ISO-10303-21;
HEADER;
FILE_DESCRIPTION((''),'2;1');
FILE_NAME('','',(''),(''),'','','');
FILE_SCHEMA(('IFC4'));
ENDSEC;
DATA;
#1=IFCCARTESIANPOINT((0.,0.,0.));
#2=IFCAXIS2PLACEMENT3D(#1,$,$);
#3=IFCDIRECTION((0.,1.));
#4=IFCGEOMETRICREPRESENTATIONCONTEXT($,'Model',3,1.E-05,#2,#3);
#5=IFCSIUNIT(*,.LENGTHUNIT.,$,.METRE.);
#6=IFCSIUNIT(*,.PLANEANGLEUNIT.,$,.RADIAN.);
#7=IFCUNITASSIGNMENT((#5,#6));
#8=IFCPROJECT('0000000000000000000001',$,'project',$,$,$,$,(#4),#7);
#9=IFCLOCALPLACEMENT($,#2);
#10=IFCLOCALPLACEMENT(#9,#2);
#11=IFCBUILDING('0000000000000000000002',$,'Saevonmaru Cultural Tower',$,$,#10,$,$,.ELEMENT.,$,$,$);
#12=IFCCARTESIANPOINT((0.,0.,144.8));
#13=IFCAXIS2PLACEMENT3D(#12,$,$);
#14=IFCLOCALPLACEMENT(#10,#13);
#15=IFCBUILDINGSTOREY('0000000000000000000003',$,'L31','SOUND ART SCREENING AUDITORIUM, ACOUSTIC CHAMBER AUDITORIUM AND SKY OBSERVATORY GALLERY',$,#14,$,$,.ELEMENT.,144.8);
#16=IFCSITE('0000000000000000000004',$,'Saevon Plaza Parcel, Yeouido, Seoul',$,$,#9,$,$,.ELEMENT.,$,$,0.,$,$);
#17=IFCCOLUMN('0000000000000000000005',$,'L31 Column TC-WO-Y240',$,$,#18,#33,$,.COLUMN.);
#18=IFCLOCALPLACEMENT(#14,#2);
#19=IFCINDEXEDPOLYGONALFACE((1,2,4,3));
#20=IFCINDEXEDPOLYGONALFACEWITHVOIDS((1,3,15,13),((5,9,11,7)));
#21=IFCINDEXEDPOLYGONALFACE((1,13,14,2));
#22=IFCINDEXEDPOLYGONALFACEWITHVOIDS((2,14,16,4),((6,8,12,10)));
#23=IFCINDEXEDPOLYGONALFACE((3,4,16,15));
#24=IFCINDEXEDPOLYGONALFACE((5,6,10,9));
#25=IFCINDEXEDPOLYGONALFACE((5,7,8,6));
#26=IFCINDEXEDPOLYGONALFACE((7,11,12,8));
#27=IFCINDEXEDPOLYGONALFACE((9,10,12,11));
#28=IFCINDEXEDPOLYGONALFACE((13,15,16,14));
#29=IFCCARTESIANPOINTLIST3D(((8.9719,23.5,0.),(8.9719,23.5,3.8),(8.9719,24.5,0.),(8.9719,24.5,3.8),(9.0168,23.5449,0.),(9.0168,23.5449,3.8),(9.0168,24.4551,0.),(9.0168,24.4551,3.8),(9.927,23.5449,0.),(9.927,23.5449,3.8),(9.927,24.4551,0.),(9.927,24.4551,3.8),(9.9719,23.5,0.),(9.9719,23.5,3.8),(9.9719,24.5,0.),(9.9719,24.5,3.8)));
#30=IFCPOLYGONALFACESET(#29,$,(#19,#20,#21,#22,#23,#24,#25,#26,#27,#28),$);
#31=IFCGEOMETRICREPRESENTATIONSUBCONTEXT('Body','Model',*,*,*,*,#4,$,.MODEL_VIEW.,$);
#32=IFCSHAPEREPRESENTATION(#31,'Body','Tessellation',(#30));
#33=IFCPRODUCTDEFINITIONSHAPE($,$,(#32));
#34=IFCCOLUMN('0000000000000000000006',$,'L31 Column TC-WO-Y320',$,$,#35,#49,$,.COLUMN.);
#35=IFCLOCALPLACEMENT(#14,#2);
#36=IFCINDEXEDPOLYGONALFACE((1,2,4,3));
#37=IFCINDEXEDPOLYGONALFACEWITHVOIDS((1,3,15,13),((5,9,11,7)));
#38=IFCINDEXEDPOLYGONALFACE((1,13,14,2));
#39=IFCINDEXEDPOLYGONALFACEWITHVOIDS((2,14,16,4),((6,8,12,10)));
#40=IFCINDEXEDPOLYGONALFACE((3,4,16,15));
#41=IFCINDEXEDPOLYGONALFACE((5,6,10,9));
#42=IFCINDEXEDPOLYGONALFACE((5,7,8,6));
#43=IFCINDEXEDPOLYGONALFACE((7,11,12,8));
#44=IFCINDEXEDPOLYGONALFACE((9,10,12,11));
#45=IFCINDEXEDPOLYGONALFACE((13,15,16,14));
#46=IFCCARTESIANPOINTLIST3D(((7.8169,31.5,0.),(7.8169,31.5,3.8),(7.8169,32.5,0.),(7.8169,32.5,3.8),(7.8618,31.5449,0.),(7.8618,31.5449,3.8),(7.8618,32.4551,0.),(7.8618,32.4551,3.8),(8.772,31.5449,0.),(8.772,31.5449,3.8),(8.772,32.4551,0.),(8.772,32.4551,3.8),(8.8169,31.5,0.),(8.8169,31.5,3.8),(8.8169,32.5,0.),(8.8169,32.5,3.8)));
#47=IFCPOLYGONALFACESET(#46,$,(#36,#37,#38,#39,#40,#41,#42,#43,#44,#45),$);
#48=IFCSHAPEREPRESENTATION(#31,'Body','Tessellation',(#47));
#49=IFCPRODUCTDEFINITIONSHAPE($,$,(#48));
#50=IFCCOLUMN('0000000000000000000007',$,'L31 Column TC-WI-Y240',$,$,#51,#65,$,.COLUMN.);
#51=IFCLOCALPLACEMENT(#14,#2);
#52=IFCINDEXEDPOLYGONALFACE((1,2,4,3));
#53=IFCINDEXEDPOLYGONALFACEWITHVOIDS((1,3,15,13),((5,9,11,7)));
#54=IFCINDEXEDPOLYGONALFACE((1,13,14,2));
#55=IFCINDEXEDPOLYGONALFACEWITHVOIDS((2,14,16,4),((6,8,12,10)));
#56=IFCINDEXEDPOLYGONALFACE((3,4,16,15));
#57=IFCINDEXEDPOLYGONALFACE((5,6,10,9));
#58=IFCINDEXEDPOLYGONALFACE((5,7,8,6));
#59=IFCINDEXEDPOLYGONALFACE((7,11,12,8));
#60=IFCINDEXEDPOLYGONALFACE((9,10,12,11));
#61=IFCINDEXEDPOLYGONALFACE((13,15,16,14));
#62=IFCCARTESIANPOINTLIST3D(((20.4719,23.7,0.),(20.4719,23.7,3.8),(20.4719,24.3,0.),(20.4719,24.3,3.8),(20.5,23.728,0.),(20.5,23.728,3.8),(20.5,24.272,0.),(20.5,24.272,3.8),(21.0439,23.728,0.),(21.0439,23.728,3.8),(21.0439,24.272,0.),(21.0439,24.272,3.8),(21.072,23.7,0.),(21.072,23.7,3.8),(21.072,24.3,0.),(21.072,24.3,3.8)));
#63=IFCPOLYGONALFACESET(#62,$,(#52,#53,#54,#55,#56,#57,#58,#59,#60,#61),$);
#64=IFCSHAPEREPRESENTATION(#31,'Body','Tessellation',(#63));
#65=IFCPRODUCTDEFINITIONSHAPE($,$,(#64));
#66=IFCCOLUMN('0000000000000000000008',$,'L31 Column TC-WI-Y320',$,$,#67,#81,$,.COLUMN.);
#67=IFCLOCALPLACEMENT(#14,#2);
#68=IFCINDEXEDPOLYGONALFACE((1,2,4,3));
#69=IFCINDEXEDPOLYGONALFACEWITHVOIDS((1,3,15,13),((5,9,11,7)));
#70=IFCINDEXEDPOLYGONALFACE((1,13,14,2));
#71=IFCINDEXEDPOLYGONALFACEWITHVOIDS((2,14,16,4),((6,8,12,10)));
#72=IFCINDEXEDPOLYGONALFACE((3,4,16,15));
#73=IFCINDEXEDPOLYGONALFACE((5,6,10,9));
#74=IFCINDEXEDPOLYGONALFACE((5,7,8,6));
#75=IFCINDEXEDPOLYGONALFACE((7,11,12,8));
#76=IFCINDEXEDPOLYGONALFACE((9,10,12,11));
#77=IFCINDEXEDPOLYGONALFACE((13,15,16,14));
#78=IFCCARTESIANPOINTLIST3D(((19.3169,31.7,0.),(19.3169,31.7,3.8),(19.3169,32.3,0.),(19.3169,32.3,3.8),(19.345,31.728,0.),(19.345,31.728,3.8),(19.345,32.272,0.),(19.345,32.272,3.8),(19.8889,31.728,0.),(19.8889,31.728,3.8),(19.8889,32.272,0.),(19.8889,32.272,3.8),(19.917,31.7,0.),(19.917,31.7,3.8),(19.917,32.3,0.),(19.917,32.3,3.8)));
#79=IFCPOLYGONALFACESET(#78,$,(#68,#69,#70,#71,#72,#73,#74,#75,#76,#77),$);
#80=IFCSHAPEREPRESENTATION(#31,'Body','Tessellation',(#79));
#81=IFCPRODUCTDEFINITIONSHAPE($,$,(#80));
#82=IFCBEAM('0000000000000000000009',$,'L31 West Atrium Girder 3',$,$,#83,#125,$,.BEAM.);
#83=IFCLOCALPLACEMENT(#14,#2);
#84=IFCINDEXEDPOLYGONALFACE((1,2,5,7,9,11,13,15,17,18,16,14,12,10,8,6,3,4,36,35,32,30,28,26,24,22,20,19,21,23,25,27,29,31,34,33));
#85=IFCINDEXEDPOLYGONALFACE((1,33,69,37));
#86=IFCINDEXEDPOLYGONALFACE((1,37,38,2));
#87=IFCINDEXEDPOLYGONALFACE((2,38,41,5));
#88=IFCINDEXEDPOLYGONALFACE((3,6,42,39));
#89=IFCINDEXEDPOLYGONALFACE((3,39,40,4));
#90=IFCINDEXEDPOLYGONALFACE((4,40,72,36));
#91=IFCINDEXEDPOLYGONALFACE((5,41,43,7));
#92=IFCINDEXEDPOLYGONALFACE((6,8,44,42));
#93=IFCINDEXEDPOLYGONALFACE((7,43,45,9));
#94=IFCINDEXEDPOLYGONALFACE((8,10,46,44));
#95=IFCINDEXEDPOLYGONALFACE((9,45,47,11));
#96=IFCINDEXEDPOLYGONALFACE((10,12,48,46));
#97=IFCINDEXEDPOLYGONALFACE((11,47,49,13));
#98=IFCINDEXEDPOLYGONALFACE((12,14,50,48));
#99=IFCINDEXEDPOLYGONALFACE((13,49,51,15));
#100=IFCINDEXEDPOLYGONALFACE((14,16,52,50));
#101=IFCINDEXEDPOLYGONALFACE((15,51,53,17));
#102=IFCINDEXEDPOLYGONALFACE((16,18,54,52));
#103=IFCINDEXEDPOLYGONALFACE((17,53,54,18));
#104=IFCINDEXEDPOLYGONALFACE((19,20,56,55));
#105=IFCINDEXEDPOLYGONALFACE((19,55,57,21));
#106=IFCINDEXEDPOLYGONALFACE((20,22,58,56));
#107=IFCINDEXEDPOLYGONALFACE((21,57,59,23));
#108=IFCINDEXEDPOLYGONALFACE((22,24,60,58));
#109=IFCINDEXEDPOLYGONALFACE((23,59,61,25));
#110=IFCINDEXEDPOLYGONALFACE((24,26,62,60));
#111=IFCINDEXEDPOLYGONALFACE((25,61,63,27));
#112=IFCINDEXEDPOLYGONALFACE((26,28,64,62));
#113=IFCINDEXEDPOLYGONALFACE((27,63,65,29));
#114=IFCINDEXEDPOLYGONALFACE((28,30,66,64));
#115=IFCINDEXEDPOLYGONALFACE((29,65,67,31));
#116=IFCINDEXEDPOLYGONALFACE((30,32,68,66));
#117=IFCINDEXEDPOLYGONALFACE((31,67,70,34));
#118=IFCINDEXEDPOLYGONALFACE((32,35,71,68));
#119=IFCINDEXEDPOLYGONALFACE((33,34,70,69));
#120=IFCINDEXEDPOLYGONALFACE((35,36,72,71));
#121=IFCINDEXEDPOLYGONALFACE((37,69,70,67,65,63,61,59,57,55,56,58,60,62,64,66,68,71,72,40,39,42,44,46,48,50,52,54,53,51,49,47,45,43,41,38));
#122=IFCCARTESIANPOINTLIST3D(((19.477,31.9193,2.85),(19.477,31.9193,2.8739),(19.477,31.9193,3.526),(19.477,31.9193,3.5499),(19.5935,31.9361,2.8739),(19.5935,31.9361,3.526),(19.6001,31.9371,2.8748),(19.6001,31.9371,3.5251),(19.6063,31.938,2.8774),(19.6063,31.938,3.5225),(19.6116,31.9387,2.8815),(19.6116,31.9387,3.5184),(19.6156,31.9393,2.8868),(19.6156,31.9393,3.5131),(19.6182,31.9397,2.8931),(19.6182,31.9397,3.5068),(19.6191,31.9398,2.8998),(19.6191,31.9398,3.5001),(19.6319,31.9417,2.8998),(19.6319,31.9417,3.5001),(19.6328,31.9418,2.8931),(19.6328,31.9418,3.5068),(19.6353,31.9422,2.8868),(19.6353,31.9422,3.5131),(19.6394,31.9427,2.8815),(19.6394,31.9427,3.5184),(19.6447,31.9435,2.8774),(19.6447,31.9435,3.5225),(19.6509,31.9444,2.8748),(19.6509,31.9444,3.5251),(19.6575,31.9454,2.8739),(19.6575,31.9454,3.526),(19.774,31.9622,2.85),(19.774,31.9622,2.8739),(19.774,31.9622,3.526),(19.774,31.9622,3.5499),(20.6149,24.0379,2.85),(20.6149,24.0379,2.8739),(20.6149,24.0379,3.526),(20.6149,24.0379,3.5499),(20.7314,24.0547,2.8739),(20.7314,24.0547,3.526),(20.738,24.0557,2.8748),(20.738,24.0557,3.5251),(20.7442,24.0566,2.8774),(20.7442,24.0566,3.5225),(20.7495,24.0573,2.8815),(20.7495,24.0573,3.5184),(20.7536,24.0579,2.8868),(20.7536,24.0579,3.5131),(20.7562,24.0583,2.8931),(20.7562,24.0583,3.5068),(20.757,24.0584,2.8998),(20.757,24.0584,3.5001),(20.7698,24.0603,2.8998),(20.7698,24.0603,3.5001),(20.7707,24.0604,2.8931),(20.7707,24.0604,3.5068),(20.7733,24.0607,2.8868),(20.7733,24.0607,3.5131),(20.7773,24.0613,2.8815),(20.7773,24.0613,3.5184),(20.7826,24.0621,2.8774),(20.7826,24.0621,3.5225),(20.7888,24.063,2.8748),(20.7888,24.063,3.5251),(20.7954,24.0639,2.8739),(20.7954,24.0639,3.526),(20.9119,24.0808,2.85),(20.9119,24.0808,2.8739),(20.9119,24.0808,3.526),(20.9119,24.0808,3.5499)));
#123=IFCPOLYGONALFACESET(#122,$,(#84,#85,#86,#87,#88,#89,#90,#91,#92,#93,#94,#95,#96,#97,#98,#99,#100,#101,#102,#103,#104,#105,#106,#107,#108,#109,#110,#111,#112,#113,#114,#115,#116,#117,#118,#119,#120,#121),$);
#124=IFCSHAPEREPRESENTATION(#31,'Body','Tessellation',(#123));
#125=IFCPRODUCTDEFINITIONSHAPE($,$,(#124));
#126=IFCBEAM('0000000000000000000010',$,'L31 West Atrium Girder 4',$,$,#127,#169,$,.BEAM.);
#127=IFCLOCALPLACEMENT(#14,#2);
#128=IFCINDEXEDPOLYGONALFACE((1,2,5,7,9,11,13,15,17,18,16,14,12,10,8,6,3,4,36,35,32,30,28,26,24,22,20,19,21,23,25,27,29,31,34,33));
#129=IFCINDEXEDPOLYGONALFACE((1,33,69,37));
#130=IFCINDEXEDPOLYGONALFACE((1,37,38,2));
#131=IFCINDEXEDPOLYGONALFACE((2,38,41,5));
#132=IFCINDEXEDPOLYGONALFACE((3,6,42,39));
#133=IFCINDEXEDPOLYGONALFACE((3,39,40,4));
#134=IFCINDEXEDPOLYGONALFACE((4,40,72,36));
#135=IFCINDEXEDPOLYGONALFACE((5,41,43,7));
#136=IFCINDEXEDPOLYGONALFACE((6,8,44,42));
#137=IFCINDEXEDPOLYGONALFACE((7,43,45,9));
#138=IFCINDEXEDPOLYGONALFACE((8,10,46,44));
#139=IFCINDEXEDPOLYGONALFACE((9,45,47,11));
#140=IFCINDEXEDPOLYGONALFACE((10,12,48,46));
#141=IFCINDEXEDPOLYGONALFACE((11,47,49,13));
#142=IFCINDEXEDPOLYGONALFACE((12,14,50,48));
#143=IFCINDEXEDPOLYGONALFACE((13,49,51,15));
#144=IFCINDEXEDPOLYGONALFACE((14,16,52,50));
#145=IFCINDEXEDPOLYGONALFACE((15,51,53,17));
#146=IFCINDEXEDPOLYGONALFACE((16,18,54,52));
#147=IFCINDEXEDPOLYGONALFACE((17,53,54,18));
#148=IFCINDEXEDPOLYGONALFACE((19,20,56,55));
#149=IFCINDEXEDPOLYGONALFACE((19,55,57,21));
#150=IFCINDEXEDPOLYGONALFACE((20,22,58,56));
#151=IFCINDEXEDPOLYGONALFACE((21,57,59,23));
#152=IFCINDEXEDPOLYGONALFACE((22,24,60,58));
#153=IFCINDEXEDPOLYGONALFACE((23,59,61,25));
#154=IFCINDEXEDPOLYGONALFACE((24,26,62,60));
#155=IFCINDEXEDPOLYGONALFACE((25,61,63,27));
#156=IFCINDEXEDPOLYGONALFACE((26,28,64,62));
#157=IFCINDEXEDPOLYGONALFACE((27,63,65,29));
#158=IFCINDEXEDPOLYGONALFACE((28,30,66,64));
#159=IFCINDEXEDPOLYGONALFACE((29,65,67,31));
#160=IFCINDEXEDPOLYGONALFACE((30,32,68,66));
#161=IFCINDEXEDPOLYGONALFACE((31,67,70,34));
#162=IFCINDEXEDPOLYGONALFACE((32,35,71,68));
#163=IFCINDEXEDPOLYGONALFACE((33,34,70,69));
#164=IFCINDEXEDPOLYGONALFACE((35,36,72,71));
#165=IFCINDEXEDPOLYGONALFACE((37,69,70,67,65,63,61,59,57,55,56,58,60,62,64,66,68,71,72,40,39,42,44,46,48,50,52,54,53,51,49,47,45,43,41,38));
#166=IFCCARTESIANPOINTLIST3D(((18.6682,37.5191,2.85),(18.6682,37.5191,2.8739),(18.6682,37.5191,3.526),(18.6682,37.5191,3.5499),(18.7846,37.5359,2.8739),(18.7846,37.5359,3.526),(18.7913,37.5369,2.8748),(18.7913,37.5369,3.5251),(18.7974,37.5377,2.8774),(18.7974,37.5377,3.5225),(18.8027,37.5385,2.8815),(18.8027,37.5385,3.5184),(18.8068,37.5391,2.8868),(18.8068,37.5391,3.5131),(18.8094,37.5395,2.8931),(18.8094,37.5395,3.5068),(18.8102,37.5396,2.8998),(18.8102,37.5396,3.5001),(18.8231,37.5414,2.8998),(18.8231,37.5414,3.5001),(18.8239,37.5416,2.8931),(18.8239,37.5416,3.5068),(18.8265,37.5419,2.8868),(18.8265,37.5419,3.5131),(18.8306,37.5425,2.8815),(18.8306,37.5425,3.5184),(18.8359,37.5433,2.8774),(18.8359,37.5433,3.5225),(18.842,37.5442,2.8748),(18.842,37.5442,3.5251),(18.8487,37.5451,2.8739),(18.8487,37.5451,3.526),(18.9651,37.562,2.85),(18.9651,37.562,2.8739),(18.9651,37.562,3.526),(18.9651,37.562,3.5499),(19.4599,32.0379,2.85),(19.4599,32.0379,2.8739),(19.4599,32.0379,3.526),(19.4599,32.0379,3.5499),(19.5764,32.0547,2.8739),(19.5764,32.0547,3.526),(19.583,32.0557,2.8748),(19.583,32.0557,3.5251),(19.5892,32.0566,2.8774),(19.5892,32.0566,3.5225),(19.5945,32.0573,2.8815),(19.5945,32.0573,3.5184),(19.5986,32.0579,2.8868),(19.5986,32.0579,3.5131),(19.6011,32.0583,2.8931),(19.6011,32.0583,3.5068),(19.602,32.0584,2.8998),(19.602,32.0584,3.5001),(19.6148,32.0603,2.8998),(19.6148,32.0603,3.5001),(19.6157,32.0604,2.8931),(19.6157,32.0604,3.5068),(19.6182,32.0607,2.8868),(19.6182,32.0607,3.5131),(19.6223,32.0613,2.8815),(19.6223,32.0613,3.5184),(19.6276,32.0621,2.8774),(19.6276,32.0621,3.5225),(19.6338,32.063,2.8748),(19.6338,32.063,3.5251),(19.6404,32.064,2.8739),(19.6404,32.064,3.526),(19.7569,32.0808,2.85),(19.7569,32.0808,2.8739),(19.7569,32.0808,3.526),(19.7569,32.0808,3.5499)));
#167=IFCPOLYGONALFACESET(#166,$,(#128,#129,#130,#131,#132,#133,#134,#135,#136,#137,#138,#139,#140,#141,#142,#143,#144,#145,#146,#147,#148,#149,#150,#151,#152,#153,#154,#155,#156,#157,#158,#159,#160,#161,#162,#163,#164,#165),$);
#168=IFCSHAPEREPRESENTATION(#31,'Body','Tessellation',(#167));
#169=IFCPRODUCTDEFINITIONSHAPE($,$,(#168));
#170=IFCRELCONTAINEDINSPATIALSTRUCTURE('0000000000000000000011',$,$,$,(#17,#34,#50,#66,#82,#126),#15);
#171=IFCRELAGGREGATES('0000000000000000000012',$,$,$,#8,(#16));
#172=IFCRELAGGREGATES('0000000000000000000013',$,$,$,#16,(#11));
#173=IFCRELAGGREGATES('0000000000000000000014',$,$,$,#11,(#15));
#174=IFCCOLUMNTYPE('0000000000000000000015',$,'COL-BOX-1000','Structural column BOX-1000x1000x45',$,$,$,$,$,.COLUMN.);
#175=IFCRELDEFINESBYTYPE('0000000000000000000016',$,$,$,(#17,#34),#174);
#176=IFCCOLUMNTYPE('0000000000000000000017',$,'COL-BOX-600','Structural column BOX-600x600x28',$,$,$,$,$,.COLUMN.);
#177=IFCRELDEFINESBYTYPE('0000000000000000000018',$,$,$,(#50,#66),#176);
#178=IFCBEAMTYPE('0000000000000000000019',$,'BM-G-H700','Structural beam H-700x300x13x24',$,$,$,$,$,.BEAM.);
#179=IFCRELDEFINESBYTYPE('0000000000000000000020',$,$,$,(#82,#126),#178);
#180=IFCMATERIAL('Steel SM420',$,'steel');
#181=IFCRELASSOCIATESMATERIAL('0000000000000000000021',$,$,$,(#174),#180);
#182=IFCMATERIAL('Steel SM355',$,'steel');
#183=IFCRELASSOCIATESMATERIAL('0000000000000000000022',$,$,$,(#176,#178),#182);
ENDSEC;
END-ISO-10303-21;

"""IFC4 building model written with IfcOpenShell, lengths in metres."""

from ifc_helpers import new_model, si_unit, direction, frame, origin, origin_2d, place, context, subcontext, project, spatial, hollow_rectangle, i_section, extrude, material, material_profile, profile_set, type_object, element, save


model = new_model("IFC4")

# Units and contexts
model_context = context("Model", 3, precision=1e-05, world=origin(), true_north=direction((0.0, 1.0)))
body_context = subcontext(model_context, "Body", "Model", "MODEL_VIEW")
ifc_project = project(units=[si_unit("LENGTHUNIT", "METRE"), si_unit("PLANEANGLEUNIT", "RADIAN")], contexts=[model_context])

# Site, building, storey
site_placement = place(None, origin())
site = spatial("IfcSite", under=ifc_project, at=site_placement, Name="Saevon Plaza Parcel, Yeouido, Seoul", CompositionType="ELEMENT", RefElevation=0.0)
building_placement = place(site_placement, origin())
building = spatial("IfcBuilding", under=site, at=building_placement, Name="Saevonmaru Cultural Tower", CompositionType="ELEMENT")
storey_placement = place(building_placement, frame((0.0, 0.0, 144.8)))
storey = spatial("IfcBuildingStorey", under=building, at=storey_placement, Name="L31", Description="SOUND ART SCREENING AUDITORIUM, ACOUSTIC CHAMBER AUDITORIUM AND SKY OBSERVATORY GALLERY", CompositionType="ELEMENT", Elevation=144.8)

# Columns
ifc_material_1 = material(Name="Steel SM420", Category="steel")
ifc_material_profile_1 = material_profile(ifc_material_1, hollow_rectangle(XDim=1.0, YDim=1.0, WallThickness=0.0449, at=origin_2d()), Name="BOX-1000x1000x45")
ifc_profile_set_1 = profile_set([ifc_material_profile_1], Name="Steel SM420")
column_type_1 = type_object("IfcColumnType", Name="COL-BOX-1000", Description="Structural column BOX-1000x1000x45", PredefinedType="COLUMN", material=ifc_profile_set_1)
for number, where, z_axis, x_axis, name in (
    (1, (9.4719, 24.0, 0.0), (0.0, 0.0, 1.0), (1.0, 0.0, 0.0), "L31 Column TC-WO-Y240"),
    (2, (8.3169, 32.0, 0.0), (0.0, 0.0, 1.0), (1.0, 0.0, 0.0), "L31 Column TC-WO-Y320"),
):
    element("IfcColumn", number, at=place(storey_placement, frame(where, z_axis=z_axis, x_axis=x_axis)), inside=storey, type_object=column_type_1, Name=name, PredefinedType="COLUMN", context=body_context, shape_type="SweptSolid", body=[
        extrude(hollow_rectangle(XDim=1.0, YDim=1.0, WallThickness=0.0449, at=origin_2d()), origin(), (0.0, 0.0, 1.0), 3.8),
    ])
ifc_material_2 = material(Name="Steel SM355", Category="steel")
ifc_material_profile_2 = material_profile(ifc_material_2, hollow_rectangle(XDim=0.6001, YDim=0.6001, WallThickness=0.0281, at=origin_2d()), Name="BOX-600x600x28")
ifc_profile_set_2 = profile_set([ifc_material_profile_2], Name="Steel SM355")
column_type_2 = type_object("IfcColumnType", Name="COL-BOX-600", Description="Structural column BOX-600x600x28", PredefinedType="COLUMN", material=ifc_profile_set_2)
for number, where, z_axis, x_axis, name in (
    (3, (20.772, 24.0, 0.0), (0.0, 0.0, 1.0), (1.0, 0.0, 0.0), "L31 Column TC-WI-Y240"),
    (4, (19.6169, 32.0, 0.0), (0.0, 0.0, 1.0), (1.0, 0.0, 0.0), "L31 Column TC-WI-Y320"),
):
    element("IfcColumn", number, at=place(storey_placement, frame(where, z_axis=z_axis, x_axis=x_axis)), inside=storey, type_object=column_type_2, Name=name, PredefinedType="COLUMN", context=body_context, shape_type="SweptSolid", body=[
        extrude(hollow_rectangle(XDim=0.6001, YDim=0.6001, WallThickness=0.0281, at=origin_2d()), origin(), (0.0, 0.0, 1.0), 3.8),
    ])

# Beams
ifc_material_profile_3 = material_profile(ifc_material_2, i_section(OverallWidth=0.3, OverallDepth=0.7, WebThickness=0.0129, FlangeThickness=0.0239, FilletRadius=0.0259, at=origin_2d()), Name="H-700x300x13x24")
ifc_profile_set_3 = profile_set([ifc_material_profile_3], Name="Steel SM355")
beam_type_1 = type_object("IfcBeamType", Name="BM-G-H700", Description="Structural beam H-700x300x13x24", PredefinedType="BEAM", material=ifc_profile_set_3)
beam_1_placement = place(storey_placement, frame((20.7634, 24.0593, 3.2), z_axis=(-0.142902, 0.989737, 0.0), x_axis=(-0.989737, -0.142902, 0.0)))
element("IfcBeam", 5, at=beam_1_placement, inside=storey, type_object=beam_type_1, Name="L31 West Atrium Girder 3", PredefinedType="BEAM", context=body_context, shape_type="SweptSolid", body=[
    extrude(i_section(OverallWidth=0.3, OverallDepth=0.7, WebThickness=0.0129, FlangeThickness=0.0239, FilletRadius=0.0259, at=origin_2d()), origin(), (0.0, 0.0, 1.0), 7.9631),
])
beam_2_placement = place(storey_placement, frame((19.6084, 32.0593, 3.2), z_axis=(-0.142964, 0.989728, 0.0), x_axis=(-0.989728, -0.142964, 0.0)))
element("IfcBeam", 6, at=beam_2_placement, inside=storey, type_object=beam_type_1, Name="L31 West Atrium Girder 4", PredefinedType="BEAM", context=body_context, shape_type="SweptSolid", body=[
    extrude(i_section(OverallWidth=0.3, OverallDepth=0.7, WebThickness=0.0129, FlangeThickness=0.0239, FilletRadius=0.0259, at=origin_2d()), origin(), (0.0, 0.0, 1.0), 5.5381),
])

save(model, "model.ifc")
